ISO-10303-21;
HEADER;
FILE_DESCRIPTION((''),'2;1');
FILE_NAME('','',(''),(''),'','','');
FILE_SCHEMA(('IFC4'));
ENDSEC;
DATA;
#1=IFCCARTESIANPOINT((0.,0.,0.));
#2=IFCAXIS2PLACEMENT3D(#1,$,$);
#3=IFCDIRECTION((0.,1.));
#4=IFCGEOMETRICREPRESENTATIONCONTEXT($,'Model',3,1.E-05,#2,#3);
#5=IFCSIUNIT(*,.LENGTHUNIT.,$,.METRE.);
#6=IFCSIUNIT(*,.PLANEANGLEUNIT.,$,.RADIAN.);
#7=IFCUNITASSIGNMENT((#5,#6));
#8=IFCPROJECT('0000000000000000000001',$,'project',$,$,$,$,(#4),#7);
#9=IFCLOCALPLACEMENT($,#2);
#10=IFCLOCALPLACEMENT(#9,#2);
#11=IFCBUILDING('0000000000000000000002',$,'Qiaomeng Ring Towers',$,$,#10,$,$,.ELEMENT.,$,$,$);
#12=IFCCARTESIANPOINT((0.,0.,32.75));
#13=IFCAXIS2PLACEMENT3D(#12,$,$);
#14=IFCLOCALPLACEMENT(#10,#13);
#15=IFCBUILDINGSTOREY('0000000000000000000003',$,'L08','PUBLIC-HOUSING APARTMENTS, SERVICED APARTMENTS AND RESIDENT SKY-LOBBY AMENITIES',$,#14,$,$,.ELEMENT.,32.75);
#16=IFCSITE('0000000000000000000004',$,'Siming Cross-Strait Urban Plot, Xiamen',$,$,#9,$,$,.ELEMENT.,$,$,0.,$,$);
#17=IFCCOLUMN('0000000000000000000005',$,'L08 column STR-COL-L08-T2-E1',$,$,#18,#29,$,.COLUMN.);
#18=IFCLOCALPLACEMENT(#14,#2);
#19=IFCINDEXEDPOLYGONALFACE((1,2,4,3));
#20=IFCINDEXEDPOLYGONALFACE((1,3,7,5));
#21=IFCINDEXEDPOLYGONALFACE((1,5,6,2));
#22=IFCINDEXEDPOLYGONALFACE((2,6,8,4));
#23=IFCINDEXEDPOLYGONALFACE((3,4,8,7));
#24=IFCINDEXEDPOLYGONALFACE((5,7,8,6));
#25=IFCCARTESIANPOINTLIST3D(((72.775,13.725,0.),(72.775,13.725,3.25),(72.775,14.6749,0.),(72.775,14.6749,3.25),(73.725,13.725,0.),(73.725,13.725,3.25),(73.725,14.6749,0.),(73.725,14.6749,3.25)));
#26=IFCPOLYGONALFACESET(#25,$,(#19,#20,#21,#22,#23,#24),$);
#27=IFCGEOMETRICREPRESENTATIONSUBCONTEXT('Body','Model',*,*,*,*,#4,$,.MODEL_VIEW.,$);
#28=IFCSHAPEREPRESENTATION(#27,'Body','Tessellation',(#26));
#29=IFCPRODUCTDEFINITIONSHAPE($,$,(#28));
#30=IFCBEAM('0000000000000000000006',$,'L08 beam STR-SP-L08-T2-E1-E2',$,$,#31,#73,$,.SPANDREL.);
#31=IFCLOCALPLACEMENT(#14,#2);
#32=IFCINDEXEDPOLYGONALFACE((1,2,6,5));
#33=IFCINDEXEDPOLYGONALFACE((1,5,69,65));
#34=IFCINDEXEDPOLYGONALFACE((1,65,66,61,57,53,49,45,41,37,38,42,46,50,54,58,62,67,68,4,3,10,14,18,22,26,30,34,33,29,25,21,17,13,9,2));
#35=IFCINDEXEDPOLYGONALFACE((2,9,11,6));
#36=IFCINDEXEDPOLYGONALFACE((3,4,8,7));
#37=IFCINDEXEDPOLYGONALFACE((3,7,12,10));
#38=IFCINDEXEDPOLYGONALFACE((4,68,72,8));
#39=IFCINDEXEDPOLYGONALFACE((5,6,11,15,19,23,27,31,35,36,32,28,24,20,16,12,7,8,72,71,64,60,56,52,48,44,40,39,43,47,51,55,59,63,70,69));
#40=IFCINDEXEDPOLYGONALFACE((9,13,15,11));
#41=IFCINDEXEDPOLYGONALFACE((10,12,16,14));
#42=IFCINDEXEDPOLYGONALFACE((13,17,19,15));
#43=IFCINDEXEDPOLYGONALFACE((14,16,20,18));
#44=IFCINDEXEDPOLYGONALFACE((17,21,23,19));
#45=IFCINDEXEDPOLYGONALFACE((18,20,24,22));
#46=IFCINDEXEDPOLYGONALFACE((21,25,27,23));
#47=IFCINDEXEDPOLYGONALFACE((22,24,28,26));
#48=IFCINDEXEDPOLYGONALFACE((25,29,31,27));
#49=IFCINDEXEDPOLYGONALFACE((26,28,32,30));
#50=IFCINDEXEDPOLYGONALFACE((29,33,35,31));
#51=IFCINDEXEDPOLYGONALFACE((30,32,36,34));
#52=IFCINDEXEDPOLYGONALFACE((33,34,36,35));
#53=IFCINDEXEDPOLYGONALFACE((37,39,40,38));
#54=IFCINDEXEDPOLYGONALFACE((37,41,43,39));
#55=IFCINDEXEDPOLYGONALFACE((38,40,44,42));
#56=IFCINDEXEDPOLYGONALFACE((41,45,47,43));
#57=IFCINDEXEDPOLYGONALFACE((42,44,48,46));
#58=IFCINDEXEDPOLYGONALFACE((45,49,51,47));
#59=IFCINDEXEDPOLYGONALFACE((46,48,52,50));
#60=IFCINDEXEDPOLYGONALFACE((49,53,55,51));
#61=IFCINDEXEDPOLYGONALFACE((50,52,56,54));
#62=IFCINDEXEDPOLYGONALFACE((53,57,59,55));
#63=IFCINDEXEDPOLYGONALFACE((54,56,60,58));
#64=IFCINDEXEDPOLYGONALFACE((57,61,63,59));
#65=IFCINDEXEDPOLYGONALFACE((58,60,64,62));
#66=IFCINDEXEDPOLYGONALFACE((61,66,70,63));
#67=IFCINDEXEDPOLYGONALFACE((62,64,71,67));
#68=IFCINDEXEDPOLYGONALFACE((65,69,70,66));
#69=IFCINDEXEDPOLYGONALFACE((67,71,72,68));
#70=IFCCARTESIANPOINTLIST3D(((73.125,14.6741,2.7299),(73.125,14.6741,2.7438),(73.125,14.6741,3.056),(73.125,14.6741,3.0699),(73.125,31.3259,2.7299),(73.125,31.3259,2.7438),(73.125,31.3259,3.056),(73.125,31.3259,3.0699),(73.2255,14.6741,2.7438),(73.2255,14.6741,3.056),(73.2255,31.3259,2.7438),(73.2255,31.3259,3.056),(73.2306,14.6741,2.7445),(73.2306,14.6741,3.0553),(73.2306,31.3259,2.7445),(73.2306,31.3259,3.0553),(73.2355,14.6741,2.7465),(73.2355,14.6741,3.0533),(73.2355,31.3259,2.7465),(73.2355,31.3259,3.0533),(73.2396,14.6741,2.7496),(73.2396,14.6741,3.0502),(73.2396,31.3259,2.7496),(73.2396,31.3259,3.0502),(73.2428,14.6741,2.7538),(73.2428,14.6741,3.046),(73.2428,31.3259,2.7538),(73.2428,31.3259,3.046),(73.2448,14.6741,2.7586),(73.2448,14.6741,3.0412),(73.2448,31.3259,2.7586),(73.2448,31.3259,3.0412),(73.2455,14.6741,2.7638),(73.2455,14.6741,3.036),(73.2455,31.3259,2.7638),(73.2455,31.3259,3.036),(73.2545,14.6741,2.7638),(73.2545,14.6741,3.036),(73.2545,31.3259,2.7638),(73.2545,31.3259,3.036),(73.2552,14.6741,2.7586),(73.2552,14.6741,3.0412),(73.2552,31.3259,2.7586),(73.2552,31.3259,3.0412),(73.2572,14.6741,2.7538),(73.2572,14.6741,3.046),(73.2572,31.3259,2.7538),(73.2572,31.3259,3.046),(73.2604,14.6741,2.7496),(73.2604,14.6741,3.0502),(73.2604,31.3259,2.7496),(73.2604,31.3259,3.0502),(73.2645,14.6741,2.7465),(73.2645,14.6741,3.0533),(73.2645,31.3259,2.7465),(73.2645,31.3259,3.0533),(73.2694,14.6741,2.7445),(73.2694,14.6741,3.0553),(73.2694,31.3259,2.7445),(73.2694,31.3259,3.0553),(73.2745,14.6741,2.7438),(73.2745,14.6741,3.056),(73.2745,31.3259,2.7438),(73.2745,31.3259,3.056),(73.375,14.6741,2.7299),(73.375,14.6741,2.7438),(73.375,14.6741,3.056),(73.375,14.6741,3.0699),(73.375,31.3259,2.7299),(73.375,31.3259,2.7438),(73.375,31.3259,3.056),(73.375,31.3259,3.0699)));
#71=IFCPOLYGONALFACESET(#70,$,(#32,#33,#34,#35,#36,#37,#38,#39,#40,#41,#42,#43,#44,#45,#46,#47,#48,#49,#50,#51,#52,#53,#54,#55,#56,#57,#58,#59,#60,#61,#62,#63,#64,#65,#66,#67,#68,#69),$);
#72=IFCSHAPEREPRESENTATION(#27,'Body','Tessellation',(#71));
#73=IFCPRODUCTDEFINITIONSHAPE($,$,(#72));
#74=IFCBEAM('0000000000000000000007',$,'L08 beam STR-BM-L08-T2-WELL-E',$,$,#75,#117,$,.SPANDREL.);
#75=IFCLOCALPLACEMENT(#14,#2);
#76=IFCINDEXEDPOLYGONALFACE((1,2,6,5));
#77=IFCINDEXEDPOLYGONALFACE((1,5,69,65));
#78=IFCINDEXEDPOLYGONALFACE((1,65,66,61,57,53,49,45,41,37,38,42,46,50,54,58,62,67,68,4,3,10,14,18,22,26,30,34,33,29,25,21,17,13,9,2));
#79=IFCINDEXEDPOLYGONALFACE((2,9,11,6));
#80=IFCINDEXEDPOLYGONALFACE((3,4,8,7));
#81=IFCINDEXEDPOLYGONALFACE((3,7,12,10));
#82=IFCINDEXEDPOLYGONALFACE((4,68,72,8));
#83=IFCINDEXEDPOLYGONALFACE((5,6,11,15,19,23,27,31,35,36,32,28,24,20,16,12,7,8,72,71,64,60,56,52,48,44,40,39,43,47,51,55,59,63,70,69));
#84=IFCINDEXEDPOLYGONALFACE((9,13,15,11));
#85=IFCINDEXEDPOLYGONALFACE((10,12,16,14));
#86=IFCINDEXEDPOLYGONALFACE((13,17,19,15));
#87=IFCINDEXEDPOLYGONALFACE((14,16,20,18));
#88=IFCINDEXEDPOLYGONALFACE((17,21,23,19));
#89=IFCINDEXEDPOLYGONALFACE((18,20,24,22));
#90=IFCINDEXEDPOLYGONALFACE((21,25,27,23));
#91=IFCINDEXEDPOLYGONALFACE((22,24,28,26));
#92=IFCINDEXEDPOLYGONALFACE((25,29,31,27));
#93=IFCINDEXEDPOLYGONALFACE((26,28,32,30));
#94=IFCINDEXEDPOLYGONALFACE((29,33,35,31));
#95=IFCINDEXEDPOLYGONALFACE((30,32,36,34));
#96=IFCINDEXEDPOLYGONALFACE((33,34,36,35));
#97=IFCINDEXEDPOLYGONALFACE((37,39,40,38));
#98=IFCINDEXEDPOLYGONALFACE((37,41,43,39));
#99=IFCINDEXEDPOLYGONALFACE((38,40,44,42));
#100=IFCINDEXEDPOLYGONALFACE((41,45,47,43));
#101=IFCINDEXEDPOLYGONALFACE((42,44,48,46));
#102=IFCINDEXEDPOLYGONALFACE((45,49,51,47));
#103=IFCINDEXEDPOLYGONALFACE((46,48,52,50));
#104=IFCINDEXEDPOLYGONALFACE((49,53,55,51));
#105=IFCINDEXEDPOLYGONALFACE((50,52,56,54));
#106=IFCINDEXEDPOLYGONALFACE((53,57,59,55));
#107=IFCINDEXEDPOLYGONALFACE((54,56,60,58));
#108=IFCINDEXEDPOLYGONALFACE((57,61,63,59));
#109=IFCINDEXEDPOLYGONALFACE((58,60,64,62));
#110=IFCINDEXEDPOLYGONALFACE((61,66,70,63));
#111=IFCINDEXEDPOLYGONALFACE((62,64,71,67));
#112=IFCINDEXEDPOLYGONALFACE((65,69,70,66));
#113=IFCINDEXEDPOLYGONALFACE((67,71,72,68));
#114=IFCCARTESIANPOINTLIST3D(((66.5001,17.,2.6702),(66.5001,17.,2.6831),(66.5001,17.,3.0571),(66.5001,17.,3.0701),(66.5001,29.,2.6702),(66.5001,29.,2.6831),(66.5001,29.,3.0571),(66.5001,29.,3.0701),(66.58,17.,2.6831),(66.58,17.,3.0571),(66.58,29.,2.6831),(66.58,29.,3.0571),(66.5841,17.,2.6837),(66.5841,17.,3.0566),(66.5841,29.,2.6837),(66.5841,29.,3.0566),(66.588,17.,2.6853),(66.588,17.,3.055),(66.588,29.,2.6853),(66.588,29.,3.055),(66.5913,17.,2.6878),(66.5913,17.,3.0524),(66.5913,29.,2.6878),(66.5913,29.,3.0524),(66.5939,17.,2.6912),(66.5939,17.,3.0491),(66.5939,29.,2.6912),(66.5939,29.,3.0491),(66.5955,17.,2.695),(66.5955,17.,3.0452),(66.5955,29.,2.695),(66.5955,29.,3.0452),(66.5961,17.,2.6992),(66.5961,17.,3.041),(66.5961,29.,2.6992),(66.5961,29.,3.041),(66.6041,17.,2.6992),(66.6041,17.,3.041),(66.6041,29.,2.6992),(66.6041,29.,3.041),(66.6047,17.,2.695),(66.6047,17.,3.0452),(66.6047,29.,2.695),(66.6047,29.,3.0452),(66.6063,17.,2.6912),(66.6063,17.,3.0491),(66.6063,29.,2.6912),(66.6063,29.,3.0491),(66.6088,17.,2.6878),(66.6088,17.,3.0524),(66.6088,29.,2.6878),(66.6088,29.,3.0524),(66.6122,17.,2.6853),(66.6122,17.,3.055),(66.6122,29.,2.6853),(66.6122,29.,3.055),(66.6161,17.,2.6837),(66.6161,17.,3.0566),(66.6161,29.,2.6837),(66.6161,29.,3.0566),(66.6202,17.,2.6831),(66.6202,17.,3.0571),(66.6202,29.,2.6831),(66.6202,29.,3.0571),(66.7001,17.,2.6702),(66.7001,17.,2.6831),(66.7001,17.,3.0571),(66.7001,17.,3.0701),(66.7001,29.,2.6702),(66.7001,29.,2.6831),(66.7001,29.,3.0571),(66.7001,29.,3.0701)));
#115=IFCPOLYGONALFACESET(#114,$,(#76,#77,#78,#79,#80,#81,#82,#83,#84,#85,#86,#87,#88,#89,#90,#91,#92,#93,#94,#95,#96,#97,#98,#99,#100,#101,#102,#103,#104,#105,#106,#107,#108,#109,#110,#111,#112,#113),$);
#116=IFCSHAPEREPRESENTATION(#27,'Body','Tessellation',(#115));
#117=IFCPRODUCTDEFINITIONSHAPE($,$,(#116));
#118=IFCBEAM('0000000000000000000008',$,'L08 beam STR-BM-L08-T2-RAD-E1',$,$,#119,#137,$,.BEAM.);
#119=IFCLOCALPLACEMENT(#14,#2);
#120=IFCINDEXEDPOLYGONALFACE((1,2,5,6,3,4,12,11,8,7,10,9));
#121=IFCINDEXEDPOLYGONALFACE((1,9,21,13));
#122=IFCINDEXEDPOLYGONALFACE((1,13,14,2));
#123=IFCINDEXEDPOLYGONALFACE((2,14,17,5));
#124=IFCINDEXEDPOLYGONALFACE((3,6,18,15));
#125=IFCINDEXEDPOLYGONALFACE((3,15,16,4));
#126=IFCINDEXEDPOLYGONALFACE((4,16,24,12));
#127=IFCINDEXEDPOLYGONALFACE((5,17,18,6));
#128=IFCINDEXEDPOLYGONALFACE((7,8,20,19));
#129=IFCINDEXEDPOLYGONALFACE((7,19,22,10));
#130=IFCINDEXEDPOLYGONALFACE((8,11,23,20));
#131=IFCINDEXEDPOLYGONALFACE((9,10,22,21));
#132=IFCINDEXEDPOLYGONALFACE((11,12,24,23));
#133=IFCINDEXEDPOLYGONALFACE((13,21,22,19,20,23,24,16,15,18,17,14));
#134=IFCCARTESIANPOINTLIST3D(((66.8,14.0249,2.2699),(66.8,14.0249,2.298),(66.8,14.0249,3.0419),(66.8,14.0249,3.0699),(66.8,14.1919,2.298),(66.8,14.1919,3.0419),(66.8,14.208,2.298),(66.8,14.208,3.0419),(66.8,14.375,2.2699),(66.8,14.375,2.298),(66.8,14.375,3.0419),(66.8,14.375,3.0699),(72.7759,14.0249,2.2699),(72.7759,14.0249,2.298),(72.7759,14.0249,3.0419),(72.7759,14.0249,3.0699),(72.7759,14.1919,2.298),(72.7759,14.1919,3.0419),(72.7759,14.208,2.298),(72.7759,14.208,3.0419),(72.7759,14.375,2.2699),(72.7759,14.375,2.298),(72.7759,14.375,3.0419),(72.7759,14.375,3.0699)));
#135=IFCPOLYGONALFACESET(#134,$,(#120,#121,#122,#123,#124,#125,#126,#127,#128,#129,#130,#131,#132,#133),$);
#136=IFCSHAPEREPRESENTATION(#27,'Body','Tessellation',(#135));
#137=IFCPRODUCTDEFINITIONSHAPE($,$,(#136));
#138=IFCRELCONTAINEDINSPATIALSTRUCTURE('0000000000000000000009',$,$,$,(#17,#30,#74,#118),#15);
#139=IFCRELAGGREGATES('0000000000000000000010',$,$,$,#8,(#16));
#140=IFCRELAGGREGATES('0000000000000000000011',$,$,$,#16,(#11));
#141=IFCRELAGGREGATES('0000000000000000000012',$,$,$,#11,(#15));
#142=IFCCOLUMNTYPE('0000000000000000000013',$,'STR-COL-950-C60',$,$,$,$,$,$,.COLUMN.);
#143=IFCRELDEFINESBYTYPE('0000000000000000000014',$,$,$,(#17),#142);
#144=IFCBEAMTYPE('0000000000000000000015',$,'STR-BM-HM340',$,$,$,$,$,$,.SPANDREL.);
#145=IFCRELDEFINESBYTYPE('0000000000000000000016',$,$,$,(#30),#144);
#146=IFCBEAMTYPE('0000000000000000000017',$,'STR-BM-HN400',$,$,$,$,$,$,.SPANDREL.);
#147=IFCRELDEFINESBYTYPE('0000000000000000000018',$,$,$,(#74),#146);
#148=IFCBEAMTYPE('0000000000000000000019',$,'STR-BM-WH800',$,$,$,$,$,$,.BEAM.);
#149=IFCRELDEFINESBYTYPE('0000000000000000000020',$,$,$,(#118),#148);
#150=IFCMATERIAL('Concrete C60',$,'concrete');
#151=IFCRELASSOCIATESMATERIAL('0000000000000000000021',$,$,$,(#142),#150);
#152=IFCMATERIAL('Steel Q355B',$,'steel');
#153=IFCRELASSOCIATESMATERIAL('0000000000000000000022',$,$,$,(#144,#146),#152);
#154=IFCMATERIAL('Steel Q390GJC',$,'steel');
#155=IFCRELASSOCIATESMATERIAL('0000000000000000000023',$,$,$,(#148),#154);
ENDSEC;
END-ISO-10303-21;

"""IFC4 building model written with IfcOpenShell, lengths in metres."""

from ifc_helpers import new_model, si_unit, direction, frame, origin, origin_2d, place, context, subcontext, project, spatial, rectangle, i_section, extrude, source, transform, mapped, material, material_profile, profile_set, type_object, element, save


model = new_model("IFC4")

# Units and contexts
model_context = context("Model", 3, precision=1e-05, world=origin(), true_north=direction((0.0, 1.0)))
body_context = subcontext(model_context, "Body", "Model", "MODEL_VIEW")
ifc_project = project(units=[si_unit("LENGTHUNIT", "METRE"), si_unit("PLANEANGLEUNIT", "RADIAN")], contexts=[model_context])

# Site, building, storey
site_placement = place(None, origin())
site = spatial("IfcSite", under=ifc_project, at=site_placement, Name="Siming Cross-Strait Urban Plot, Xiamen", CompositionType="ELEMENT", RefElevation=0.0)
building_placement = place(site_placement, origin())
building = spatial("IfcBuilding", under=site, at=building_placement, Name="Qiaomeng Ring Towers", CompositionType="ELEMENT")
storey_placement = place(building_placement, frame((0.0, 0.0, 32.75)))
storey = spatial("IfcBuildingStorey", under=building, at=storey_placement, Name="L08", Description="PUBLIC-HOUSING APARTMENTS, SERVICED APARTMENTS AND RESIDENT SKY-LOBBY AMENITIES", CompositionType="ELEMENT", Elevation=32.75)

# Column
ifc_material_1 = material(Name="Concrete C60", Category="concrete")
ifc_material_profile_1 = material_profile(ifc_material_1, rectangle(XDim=0.95, YDim=0.95, at=origin_2d()), Name="RC COL 950x950")
ifc_profile_set_1 = profile_set([ifc_material_profile_1], Name="Concrete C60")
column_type = type_object("IfcColumnType", Name="STR-COL-950-C60", PredefinedType="COLUMN", material=ifc_profile_set_1)
shared_shape_1 = source(origin(), body_context, "Body", "SweptSolid", [
    extrude(rectangle(XDim=0.95, YDim=0.95, at=origin_2d()), origin(), (0.0, 0.0, 1.0), 3.25),
])
column_placement = place(storey_placement, frame((73.25, 14.2, 0.0), z_axis=(0.0, 0.0, 1.0), x_axis=(1.0, 0.0, 0.0)))
element("IfcColumn", 1, at=column_placement, inside=storey, type_object=column_type, Name="L08 column STR-COL-L08-T2-E1", PredefinedType="COLUMN", context=body_context, shape_type="MappedRepresentation", body=[
    mapped(shared_shape_1, transform((0.0, 0.0, 0.0), x_axis=(1.0, 0.0, 0.0), y_axis=(0.0, 1.0, 0.0), z_axis=(0.0, 0.0, 1.0), scale=1.0)),
])

# Beams
ifc_material_2 = material(Name="Steel Q355B", Category="steel")
ifc_material_profile_2 = material_profile(ifc_material_2, i_section(OverallWidth=0.25, OverallDepth=0.3401, WebThickness=0.009, FlangeThickness=0.0139, FilletRadius=0.02, at=origin_2d()), Name="HM 340x250x9x14")
ifc_profile_set_2 = profile_set([ifc_material_profile_2], Name="Steel Q355B")
beam_type_1 = type_object("IfcBeamType", Name="STR-BM-HM340", PredefinedType="SPANDREL", material=ifc_profile_set_2)
shared_shape_2 = source(origin(), body_context, "Body", "SweptSolid", [
    extrude(i_section(OverallWidth=0.25, OverallDepth=0.3401, WebThickness=0.009, FlangeThickness=0.0139, FilletRadius=0.02, at=origin_2d()), origin(), (0.0, 0.0, 1.0), 16.6519),
])
beam_1_placement = place(storey_placement, frame((73.25, 14.6741, 2.8999), z_axis=(0.0, 1.0, 0.0), x_axis=(-1.0, 0.0, 0.0)))
element("IfcBeam", 2, at=beam_1_placement, inside=storey, type_object=beam_type_1, Name="L08 beam STR-SP-L08-T2-E1-E2", PredefinedType="SPANDREL", context=body_context, shape_type="MappedRepresentation", body=[
    mapped(shared_shape_2, transform((0.0, 0.0, 0.0), x_axis=(1.0, 0.0, 0.0), y_axis=(0.0, 1.0, 0.0), z_axis=(0.0, 0.0, 1.0), scale=1.0)),
])
ifc_material_profile_3 = material_profile(ifc_material_2, i_section(OverallWidth=0.2, OverallDepth=0.3999, WebThickness=0.0081, FlangeThickness=0.0129, FilletRadius=0.0161, at=origin_2d()), Name="HN 400x200x8x13")
ifc_profile_set_3 = profile_set([ifc_material_profile_3], Name="Steel Q355B")
beam_type_2 = type_object("IfcBeamType", Name="STR-BM-HN400", PredefinedType="SPANDREL", material=ifc_profile_set_3)
shared_shape_3 = source(origin(), body_context, "Body", "SweptSolid", [
    extrude(i_section(OverallWidth=0.2, OverallDepth=0.3999, WebThickness=0.0081, FlangeThickness=0.0129, FilletRadius=0.0161, at=origin_2d()), origin(), (0.0, 0.0, 1.0), 12.0),
])
beam_2_placement = place(storey_placement, frame((66.6001, 17.0, 2.8701), z_axis=(0.0, 1.0, 0.0), x_axis=(-1.0, 0.0, 0.0)))
element("IfcBeam", 3, at=beam_2_placement, inside=storey, type_object=beam_type_2, Name="L08 beam STR-BM-L08-T2-WELL-E", PredefinedType="SPANDREL", context=body_context, shape_type="MappedRepresentation", body=[
    mapped(shared_shape_3, transform((0.0, 0.0, 0.0), x_axis=(1.0, 0.0, 0.0), y_axis=(0.0, 1.0, 0.0), z_axis=(0.0, 0.0, 1.0), scale=1.0)),
])
ifc_material_3 = material(Name="Steel Q390GJC", Category="steel")
ifc_material_profile_4 = material_profile(ifc_material_3, i_section(OverallWidth=0.3501, OverallDepth=0.8, WebThickness=0.0161, FlangeThickness=0.0281, at=origin_2d()), Name="WH 800x350x16x28")
ifc_profile_set_4 = profile_set([ifc_material_profile_4], Name="Steel Q390GJC")
beam_type_3 = type_object("IfcBeamType", Name="STR-BM-WH800", PredefinedType="BEAM", material=ifc_profile_set_4)
shared_shape_4 = source(origin(), body_context, "Body", "SweptSolid", [
    extrude(i_section(OverallWidth=0.3501, OverallDepth=0.8, WebThickness=0.0161, FlangeThickness=0.0281, at=origin_2d()), origin(), (0.0, 0.0, 1.0), 5.9758),
])
beam_3_placement = place(storey_placement, frame((66.8, 14.2, 2.6699), z_axis=(1.0, 0.0, 0.0), x_axis=(0.0, 1.0, 0.0)))
element("IfcBeam", 4, at=beam_3_placement, inside=storey, type_object=beam_type_3, Name="L08 beam STR-BM-L08-T2-RAD-E1", PredefinedType="BEAM", context=body_context, shape_type="MappedRepresentation", body=[
    mapped(shared_shape_4, transform((0.0, 0.0, 0.0), x_axis=(1.0, 0.0, 0.0), y_axis=(0.0, 1.0, 0.0), z_axis=(0.0, 0.0, 1.0), scale=1.0)),
])

save(model, "model.ifc")
